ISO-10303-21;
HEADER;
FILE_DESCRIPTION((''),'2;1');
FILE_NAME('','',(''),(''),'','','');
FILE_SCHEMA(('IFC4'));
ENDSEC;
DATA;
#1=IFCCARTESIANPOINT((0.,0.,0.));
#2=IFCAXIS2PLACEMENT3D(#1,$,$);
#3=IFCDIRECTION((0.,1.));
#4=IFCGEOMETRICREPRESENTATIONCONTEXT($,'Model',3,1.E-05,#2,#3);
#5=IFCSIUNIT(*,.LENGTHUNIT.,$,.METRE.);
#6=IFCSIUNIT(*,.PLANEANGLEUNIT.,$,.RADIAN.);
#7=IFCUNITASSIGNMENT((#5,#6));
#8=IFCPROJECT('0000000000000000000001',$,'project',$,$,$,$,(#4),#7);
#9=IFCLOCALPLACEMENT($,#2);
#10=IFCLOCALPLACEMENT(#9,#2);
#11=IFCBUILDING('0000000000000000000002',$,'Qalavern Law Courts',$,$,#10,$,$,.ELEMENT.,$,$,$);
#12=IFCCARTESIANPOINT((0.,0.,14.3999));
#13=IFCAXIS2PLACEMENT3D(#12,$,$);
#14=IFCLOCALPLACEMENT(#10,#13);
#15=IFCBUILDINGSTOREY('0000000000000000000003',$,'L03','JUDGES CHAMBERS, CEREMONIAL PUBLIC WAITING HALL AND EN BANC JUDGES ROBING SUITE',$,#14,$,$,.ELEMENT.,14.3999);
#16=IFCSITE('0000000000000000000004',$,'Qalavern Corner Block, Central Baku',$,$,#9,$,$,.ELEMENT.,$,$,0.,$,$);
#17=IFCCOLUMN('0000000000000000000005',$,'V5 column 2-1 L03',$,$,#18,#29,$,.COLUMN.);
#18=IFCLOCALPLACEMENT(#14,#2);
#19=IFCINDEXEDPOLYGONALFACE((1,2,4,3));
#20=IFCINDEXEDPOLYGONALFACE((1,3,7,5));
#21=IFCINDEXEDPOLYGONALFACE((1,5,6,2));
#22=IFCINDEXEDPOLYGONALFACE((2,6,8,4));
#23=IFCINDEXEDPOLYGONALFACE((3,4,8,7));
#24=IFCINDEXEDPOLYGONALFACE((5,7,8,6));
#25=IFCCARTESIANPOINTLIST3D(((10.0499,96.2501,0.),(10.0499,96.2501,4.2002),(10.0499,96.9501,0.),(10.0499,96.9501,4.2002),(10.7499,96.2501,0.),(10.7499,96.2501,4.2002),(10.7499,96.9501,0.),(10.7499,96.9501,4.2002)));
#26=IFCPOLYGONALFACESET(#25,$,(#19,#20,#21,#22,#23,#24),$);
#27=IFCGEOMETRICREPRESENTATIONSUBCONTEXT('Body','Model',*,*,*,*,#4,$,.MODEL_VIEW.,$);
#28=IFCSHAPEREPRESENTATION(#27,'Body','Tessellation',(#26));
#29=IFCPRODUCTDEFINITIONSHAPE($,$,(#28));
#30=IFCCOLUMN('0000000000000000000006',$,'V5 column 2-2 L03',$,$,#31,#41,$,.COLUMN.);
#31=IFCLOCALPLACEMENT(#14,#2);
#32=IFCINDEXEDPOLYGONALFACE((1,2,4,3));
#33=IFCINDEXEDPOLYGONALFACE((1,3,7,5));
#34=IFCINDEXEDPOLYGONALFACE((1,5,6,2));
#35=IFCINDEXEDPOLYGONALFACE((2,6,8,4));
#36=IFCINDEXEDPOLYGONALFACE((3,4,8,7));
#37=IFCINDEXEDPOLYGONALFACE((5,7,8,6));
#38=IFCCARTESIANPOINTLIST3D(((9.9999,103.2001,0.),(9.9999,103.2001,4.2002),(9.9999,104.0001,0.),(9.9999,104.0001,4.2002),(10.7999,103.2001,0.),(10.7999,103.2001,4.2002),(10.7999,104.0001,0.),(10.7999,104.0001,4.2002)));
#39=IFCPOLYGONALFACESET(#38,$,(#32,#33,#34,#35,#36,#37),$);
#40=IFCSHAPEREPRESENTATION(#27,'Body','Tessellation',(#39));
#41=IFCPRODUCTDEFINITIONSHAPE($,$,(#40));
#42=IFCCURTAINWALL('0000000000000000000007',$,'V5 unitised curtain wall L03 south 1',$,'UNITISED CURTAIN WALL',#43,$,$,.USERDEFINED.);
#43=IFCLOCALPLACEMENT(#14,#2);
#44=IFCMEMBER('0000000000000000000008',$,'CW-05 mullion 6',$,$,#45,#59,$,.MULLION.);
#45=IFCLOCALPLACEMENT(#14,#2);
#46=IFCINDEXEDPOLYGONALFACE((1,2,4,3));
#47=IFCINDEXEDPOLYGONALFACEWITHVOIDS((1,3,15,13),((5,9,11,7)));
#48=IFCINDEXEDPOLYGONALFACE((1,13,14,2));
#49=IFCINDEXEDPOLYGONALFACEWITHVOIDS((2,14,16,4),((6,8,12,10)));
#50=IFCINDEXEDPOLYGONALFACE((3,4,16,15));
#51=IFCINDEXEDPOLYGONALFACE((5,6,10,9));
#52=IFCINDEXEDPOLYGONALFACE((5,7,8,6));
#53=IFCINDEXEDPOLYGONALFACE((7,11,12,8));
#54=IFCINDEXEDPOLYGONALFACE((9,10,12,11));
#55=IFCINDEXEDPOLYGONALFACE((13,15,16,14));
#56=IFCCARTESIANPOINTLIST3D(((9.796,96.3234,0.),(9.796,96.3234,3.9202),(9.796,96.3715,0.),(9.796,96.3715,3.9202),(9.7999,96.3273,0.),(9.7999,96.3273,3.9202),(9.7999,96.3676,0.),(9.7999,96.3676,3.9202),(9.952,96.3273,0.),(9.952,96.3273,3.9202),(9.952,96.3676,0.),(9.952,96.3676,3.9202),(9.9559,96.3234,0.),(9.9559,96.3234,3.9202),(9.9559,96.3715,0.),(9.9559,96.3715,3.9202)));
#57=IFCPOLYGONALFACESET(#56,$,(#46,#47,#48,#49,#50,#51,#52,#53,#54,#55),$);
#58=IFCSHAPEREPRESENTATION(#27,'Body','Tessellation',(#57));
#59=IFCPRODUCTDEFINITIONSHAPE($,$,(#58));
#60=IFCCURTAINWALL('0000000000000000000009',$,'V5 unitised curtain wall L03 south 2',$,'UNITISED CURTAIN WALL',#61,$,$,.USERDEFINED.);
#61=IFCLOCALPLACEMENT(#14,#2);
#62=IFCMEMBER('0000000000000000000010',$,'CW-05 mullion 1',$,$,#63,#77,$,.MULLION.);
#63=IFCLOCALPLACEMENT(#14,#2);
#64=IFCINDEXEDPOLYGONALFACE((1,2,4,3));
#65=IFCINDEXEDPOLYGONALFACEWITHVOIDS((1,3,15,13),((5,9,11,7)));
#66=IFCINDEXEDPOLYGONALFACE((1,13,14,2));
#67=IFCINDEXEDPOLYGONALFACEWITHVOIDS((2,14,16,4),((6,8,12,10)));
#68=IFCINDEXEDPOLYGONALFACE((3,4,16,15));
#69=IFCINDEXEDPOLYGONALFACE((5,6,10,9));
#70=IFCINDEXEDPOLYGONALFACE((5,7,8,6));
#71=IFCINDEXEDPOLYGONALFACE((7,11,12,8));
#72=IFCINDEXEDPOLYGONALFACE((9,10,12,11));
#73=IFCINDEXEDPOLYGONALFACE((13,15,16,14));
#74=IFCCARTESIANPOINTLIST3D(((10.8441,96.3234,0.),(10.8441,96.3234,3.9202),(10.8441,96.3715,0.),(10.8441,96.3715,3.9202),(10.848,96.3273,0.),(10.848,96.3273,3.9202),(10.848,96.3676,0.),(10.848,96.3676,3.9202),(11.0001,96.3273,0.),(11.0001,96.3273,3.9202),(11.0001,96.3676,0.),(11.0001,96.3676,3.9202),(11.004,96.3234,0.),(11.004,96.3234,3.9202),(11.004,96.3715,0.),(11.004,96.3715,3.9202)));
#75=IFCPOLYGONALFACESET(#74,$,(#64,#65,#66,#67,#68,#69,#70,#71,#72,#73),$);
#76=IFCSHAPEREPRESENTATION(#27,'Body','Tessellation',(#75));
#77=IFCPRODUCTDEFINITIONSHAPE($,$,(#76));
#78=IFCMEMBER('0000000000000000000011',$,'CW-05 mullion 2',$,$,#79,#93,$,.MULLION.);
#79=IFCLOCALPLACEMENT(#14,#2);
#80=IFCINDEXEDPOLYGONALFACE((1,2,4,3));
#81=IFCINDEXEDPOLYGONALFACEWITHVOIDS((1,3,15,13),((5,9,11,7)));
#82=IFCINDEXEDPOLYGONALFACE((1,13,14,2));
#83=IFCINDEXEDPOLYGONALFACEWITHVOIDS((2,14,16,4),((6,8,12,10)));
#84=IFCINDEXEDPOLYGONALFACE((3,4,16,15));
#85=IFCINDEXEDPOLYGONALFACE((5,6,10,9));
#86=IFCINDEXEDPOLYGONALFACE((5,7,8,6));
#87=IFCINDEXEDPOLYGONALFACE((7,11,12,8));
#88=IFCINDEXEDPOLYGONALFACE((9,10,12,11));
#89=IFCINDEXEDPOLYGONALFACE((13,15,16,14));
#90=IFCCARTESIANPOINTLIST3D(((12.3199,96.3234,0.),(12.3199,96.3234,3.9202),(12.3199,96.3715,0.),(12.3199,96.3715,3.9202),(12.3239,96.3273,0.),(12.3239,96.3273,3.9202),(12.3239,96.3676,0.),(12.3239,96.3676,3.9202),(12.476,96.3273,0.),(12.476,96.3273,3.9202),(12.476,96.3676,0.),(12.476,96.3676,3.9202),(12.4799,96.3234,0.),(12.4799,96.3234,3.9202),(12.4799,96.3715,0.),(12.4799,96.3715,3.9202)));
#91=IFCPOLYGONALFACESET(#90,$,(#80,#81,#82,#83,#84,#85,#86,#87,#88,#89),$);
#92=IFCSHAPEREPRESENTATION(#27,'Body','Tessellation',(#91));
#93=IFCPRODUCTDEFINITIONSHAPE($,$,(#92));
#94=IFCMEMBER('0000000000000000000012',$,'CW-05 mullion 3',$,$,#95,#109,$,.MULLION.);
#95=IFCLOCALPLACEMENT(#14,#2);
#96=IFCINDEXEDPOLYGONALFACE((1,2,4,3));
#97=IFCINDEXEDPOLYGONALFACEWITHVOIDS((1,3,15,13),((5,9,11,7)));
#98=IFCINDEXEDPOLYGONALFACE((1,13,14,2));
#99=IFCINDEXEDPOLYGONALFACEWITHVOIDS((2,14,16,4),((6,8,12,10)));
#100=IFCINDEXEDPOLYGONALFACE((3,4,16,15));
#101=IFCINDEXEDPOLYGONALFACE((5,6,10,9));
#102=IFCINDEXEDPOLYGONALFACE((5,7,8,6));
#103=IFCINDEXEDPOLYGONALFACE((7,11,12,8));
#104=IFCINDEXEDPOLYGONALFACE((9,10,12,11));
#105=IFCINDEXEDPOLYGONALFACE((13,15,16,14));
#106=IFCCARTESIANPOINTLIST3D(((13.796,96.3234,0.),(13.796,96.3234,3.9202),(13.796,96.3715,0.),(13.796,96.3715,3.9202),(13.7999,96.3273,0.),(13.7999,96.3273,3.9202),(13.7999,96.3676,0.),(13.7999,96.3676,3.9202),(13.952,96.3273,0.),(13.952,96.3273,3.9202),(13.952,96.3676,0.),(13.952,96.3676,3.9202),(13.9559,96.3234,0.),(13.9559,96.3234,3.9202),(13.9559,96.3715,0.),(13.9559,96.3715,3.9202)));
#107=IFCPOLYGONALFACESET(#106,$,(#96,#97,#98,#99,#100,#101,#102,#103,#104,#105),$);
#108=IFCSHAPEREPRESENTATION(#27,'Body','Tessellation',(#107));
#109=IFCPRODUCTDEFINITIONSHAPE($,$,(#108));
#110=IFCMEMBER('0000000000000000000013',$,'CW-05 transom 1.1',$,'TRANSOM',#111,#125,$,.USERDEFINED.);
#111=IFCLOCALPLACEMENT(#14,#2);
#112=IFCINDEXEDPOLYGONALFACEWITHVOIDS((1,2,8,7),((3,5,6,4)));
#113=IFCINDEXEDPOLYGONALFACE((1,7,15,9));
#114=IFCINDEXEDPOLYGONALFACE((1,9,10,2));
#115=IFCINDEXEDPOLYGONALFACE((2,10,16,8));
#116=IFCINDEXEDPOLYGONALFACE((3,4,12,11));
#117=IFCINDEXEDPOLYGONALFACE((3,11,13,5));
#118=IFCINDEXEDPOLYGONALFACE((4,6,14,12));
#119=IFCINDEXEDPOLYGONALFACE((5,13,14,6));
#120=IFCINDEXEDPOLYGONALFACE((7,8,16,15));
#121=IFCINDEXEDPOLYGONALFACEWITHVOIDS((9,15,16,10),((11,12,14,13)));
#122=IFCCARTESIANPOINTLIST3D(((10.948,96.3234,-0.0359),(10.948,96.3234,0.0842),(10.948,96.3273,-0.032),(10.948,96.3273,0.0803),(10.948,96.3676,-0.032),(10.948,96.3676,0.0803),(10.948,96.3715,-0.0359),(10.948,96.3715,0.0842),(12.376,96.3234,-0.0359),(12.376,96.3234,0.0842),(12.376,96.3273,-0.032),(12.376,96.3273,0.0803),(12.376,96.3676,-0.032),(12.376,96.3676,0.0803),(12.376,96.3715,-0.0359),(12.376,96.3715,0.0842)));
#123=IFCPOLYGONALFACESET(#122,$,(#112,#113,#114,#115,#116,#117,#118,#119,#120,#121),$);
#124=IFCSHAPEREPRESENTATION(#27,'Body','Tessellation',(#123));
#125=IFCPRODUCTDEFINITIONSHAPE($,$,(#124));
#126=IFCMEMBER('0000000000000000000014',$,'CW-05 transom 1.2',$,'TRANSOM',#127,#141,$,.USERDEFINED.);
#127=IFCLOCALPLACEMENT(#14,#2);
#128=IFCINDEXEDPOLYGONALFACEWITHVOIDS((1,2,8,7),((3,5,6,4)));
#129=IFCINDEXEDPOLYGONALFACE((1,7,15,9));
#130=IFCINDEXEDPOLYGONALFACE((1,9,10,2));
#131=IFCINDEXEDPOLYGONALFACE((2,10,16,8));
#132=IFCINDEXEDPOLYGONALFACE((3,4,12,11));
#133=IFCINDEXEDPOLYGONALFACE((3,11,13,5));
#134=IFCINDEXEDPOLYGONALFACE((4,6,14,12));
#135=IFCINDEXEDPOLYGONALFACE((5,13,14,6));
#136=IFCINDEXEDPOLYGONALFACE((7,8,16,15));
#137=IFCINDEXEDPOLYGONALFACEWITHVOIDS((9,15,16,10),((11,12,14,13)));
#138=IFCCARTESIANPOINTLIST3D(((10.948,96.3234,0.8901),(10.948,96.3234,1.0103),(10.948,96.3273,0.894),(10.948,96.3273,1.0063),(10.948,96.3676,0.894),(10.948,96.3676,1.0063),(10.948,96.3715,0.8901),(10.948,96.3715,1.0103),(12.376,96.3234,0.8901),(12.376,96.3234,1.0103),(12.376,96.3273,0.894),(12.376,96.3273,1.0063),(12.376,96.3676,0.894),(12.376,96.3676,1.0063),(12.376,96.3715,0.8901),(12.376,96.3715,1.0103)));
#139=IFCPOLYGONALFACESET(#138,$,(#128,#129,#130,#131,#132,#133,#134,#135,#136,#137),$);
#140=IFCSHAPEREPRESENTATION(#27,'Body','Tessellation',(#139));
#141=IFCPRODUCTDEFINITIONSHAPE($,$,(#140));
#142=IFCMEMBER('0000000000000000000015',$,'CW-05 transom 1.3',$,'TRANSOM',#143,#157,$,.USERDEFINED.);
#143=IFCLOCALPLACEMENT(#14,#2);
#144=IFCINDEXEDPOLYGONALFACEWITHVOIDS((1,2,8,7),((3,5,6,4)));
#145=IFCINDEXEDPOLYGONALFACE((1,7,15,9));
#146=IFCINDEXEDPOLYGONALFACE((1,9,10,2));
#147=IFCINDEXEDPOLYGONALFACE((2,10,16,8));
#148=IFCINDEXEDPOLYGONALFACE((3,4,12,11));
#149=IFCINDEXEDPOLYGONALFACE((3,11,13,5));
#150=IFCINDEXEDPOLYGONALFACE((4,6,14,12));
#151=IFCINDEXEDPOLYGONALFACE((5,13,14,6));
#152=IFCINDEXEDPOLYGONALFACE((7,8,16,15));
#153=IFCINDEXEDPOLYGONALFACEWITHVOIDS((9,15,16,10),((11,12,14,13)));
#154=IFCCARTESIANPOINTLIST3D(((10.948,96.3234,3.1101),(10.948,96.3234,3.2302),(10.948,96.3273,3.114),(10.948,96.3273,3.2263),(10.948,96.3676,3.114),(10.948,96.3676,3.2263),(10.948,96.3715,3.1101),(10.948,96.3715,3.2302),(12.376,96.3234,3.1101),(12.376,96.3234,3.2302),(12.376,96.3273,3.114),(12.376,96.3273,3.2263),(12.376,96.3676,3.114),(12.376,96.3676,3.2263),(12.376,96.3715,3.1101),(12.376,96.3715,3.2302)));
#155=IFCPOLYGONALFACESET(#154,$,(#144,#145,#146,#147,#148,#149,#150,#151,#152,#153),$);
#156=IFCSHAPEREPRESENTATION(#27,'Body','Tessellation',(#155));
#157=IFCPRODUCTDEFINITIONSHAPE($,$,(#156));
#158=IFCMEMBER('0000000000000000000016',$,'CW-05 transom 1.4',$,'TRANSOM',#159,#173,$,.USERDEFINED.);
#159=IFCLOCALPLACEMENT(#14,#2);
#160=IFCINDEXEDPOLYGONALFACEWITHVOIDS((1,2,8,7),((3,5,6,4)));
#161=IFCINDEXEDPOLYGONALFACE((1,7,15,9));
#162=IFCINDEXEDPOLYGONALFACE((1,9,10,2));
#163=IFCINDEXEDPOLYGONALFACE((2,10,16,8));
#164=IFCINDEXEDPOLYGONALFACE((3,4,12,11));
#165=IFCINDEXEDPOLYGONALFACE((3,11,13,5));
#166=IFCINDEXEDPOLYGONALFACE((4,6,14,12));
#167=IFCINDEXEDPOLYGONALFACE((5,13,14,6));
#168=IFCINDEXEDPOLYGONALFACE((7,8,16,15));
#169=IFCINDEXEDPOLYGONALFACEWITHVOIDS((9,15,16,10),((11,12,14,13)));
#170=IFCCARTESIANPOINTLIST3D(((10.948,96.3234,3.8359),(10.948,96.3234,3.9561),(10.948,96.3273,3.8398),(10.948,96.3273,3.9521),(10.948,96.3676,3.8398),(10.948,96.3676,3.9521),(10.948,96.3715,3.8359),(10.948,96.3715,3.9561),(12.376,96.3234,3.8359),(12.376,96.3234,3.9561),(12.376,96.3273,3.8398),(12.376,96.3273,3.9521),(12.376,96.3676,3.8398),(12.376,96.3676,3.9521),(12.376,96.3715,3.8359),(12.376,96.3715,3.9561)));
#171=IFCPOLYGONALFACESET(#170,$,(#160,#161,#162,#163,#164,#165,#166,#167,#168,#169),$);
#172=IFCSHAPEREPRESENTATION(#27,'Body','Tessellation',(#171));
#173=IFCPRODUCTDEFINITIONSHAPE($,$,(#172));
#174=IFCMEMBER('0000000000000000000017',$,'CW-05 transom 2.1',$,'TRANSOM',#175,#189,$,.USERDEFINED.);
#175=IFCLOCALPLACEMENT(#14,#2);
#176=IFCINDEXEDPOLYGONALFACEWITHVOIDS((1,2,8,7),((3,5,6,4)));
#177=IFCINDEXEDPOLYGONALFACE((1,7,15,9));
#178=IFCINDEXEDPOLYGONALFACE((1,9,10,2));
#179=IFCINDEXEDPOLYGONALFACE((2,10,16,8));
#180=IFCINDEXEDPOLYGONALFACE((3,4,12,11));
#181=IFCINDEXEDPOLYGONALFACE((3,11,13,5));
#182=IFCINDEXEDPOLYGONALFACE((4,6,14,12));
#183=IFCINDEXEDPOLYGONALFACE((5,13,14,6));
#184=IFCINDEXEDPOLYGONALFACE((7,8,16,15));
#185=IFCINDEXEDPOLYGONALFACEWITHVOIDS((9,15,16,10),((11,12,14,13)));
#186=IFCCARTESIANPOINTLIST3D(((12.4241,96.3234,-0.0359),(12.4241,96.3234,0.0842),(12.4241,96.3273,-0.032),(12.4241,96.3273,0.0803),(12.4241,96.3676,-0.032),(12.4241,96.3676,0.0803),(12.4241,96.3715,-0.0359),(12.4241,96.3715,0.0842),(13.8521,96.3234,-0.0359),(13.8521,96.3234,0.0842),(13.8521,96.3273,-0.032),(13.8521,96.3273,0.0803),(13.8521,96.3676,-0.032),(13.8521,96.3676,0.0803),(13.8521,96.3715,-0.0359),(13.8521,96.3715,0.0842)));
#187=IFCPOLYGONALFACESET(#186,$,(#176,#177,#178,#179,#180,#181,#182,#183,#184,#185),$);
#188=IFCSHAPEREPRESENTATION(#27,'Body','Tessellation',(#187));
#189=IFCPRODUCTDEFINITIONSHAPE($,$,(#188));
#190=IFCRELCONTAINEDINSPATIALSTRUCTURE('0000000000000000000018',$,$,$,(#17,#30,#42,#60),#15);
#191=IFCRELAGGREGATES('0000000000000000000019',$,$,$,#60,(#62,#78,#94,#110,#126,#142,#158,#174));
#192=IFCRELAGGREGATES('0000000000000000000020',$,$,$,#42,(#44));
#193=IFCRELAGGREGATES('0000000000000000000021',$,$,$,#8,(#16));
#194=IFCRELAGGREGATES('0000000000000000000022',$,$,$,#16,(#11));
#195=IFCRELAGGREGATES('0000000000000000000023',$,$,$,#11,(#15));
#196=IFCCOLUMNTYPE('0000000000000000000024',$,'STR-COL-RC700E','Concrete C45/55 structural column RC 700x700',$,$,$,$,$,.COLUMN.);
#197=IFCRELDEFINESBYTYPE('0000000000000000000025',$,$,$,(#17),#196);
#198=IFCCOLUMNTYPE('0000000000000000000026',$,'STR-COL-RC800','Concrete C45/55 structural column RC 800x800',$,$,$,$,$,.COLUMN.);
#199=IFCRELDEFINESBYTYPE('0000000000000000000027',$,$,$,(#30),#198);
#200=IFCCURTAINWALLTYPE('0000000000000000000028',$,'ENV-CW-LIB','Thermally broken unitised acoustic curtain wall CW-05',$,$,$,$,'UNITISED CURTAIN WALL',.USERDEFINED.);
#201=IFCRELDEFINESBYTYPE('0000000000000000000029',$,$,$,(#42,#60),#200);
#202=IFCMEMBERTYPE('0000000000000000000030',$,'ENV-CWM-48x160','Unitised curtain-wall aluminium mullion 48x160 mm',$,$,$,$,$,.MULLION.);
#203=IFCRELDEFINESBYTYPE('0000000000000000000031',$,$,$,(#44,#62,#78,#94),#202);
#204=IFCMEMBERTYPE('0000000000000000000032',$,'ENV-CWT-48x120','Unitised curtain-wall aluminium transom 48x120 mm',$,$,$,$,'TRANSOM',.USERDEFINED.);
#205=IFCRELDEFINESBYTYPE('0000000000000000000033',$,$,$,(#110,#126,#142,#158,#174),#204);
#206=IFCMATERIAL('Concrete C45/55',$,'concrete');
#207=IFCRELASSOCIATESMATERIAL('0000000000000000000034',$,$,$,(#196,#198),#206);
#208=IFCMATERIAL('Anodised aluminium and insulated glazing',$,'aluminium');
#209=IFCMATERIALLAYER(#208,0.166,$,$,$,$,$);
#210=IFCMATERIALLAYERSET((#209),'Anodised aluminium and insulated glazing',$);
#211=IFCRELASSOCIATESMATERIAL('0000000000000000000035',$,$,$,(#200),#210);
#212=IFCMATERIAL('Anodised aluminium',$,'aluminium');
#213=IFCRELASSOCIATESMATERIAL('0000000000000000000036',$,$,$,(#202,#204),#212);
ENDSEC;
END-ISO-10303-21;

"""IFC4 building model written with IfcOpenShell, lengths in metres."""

from ifc_helpers import new_model, si_unit, direction, frame, origin, origin_2d, place, context, subcontext, project, spatial, rectangle, hollow_rectangle, extrude, material, layer, layer_set, material_profile, profile_set, type_object, element, aggregate, save


model = new_model("IFC4")

# Units and contexts
model_context = context("Model", 3, precision=1e-05, world=origin(), true_north=direction((0.0, 1.0)))
body_context = subcontext(model_context, "Body", "Model", "MODEL_VIEW")
ifc_project = project(units=[si_unit("LENGTHUNIT", "METRE"), si_unit("PLANEANGLEUNIT", "RADIAN")], contexts=[model_context])

# Site, building, storey
site_placement = place(None, origin())
site = spatial("IfcSite", under=ifc_project, at=site_placement, Name="Qalavern Corner Block, Central Baku", CompositionType="ELEMENT", RefElevation=0.0)
building_placement = place(site_placement, origin())
building = spatial("IfcBuilding", under=site, at=building_placement, Name="Qalavern Law Courts", CompositionType="ELEMENT")
storey_placement = place(building_placement, frame((0.0, 0.0, 14.3999)))
storey = spatial("IfcBuildingStorey", under=building, at=storey_placement, Name="L03", Description="JUDGES CHAMBERS, CEREMONIAL PUBLIC WAITING HALL AND EN BANC JUDGES ROBING SUITE", CompositionType="ELEMENT", Elevation=14.3999)

# Columns
ifc_material_1 = material(Name="Concrete C45/55", Category="concrete")
ifc_material_profile_1 = material_profile(ifc_material_1, rectangle(XDim=0.7, YDim=0.7, at=origin_2d()), Name="RC 700x700")
ifc_profile_set_1 = profile_set([ifc_material_profile_1], Name="Concrete C45/55")
column_type_1 = type_object("IfcColumnType", Name="STR-COL-RC700E", Description="Concrete C45/55 structural column RC 700x700", PredefinedType="COLUMN", material=ifc_profile_set_1)
column_1_placement = place(storey_placement, frame((10.3999, 96.6001, 0.0), z_axis=(0.0, 0.0, 1.0), x_axis=(1.0, 0.0, 0.0)))
element("IfcColumn", 1, at=column_1_placement, inside=storey, type_object=column_type_1, Name="V5 column 2-1 L03", PredefinedType="COLUMN", context=body_context, shape_type="SweptSolid", body=[
    extrude(rectangle(XDim=0.7, YDim=0.7, at=origin_2d()), origin(), (0.0, 0.0, 1.0), 4.2002),
])
ifc_material_profile_2 = material_profile(ifc_material_1, rectangle(XDim=0.8, YDim=0.8, at=origin_2d()), Name="RC 800x800")
ifc_profile_set_2 = profile_set([ifc_material_profile_2], Name="Concrete C45/55")
column_type_2 = type_object("IfcColumnType", Name="STR-COL-RC800", Description="Concrete C45/55 structural column RC 800x800", PredefinedType="COLUMN", material=ifc_profile_set_2)
column_2_placement = place(storey_placement, frame((10.3999, 103.6001, 0.0), z_axis=(0.0, 0.0, 1.0), x_axis=(1.0, 0.0, 0.0)))
element("IfcColumn", 2, at=column_2_placement, inside=storey, type_object=column_type_2, Name="V5 column 2-2 L03", PredefinedType="COLUMN", context=body_context, shape_type="SweptSolid", body=[
    extrude(rectangle(XDim=0.8, YDim=0.8, at=origin_2d()), origin(), (0.0, 0.0, 1.0), 4.2002),
])

# Curtain wall, member
ifc_material_2 = material(Name="Anodised aluminium and insulated glazing", Category="aluminium")
ifc_layer_1 = layer(ifc_material_2, 0.166)
ifc_layer_set_1 = layer_set([ifc_layer_1], Name="Anodised aluminium and insulated glazing")
curtain_wall_type = type_object("IfcCurtainWallType", Name="ENV-CW-LIB", Description="Thermally broken unitised acoustic curtain wall CW-05", ElementType="UNITISED CURTAIN WALL", PredefinedType="USERDEFINED", material=ifc_layer_set_1)
curtain_wall_1_placement = place(storey_placement, origin())
curtain_wall_1 = element("IfcCurtainWall", 3, at=curtain_wall_1_placement, inside=storey, type_object=curtain_wall_type, Name="V5 unitised curtain wall L03 south 1", ObjectType="UNITISED CURTAIN WALL", PredefinedType="USERDEFINED")
ifc_material_3 = material(Name="Anodised aluminium", Category="aluminium")
ifc_material_profile_3 = material_profile(ifc_material_3, hollow_rectangle(XDim=0.0481, YDim=0.1599, WallThickness=0.0039, at=origin_2d()), Name="ALU MULLION 48x160")
ifc_profile_set_3 = profile_set([ifc_material_profile_3], Name="Anodised aluminium")
member_type_1 = type_object("IfcMemberType", Name="ENV-CWM-48x160", Description="Unitised curtain-wall aluminium mullion 48x160 mm", PredefinedType="MULLION", material=ifc_profile_set_3)
member_1_placement = place(storey_placement, frame((9.876, 96.3474, 0.0), z_axis=(0.0, 0.0, 1.0), x_axis=(0.0, 1.0, 0.0)))
member_1 = element("IfcMember", 4, at=member_1_placement, type_object=member_type_1, Name="CW-05 mullion 6", PredefinedType="MULLION", context=body_context, shape_type="SweptSolid", body=[
    extrude(hollow_rectangle(XDim=0.0481, YDim=0.1599, WallThickness=0.0039, at=origin_2d()), origin(), (0.0, 0.0, 1.0), 3.9202),
])

# Curtain wall, members
curtain_wall_2_placement = place(storey_placement, origin())
curtain_wall_2 = element("IfcCurtainWall", 5, at=curtain_wall_2_placement, inside=storey, type_object=curtain_wall_type, Name="V5 unitised curtain wall L03 south 2", ObjectType="UNITISED CURTAIN WALL", PredefinedType="USERDEFINED")
member_2_placement = place(storey_placement, frame((10.9241, 96.3474, 0.0), z_axis=(0.0, 0.0, 1.0), x_axis=(0.0, 1.0, 0.0)))
member_2 = element("IfcMember", 6, at=member_2_placement, type_object=member_type_1, Name="CW-05 mullion 1", PredefinedType="MULLION", context=body_context, shape_type="SweptSolid", body=[
    extrude(hollow_rectangle(XDim=0.0481, YDim=0.1599, WallThickness=0.0039, at=origin_2d()), origin(), (0.0, 0.0, 1.0), 3.9202),
])
member_3_placement = place(storey_placement, frame((12.3999, 96.3474, 0.0), z_axis=(0.0, 0.0, 1.0), x_axis=(0.0, 1.0, 0.0)))
member_3 = element("IfcMember", 7, at=member_3_placement, type_object=member_type_1, Name="CW-05 mullion 2", PredefinedType="MULLION", context=body_context, shape_type="SweptSolid", body=[
    extrude(hollow_rectangle(XDim=0.0481, YDim=0.1599, WallThickness=0.0039, at=origin_2d()), origin(), (0.0, 0.0, 1.0), 3.9202),
])
member_4_placement = place(storey_placement, frame((13.876, 96.3474, 0.0), z_axis=(0.0, 0.0, 1.0), x_axis=(0.0, 1.0, 0.0)))
member_4 = element("IfcMember", 8, at=member_4_placement, type_object=member_type_1, Name="CW-05 mullion 3", PredefinedType="MULLION", context=body_context, shape_type="SweptSolid", body=[
    extrude(hollow_rectangle(XDim=0.0481, YDim=0.1599, WallThickness=0.0039, at=origin_2d()), origin(), (0.0, 0.0, 1.0), 3.9202),
])
ifc_material_profile_4 = material_profile(ifc_material_3, hollow_rectangle(XDim=0.0481, YDim=0.1201, WallThickness=0.0039, at=origin_2d()), Name="ALU TRANSOM 48x120")
ifc_profile_set_4 = profile_set([ifc_material_profile_4], Name="Anodised aluminium")
member_type_2 = type_object("IfcMemberType", Name="ENV-CWT-48x120", Description="Unitised curtain-wall aluminium transom 48x120 mm", ElementType="TRANSOM", PredefinedType="USERDEFINED", material=ifc_profile_set_4)
member_5_placement = place(storey_placement, frame((10.948, 96.3474, 0.0242), z_axis=(1.0, 0.0, 0.0), x_axis=(0.0, 1.0, 0.0)))
member_5 = element("IfcMember", 9, at=member_5_placement, type_object=member_type_2, Name="CW-05 transom 1.1", ObjectType="TRANSOM", PredefinedType="USERDEFINED", context=body_context, shape_type="SweptSolid", body=[
    extrude(hollow_rectangle(XDim=0.0481, YDim=0.1201, WallThickness=0.0039, at=origin_2d()), origin(), (0.0, 0.0, 1.0), 1.428),
])
member_6_placement = place(storey_placement, frame((10.948, 96.3474, 0.9502), z_axis=(1.0, 0.0, 0.0), x_axis=(0.0, 1.0, 0.0)))
member_6 = element("IfcMember", 10, at=member_6_placement, type_object=member_type_2, Name="CW-05 transom 1.2", ObjectType="TRANSOM", PredefinedType="USERDEFINED", context=body_context, shape_type="SweptSolid", body=[
    extrude(hollow_rectangle(XDim=0.0481, YDim=0.1201, WallThickness=0.0039, at=origin_2d()), origin(), (0.0, 0.0, 1.0), 1.428),
])
member_7_placement = place(storey_placement, frame((10.948, 96.3474, 3.1702), z_axis=(1.0, 0.0, 0.0), x_axis=(0.0, 1.0, 0.0)))
member_7 = element("IfcMember", 11, at=member_7_placement, type_object=member_type_2, Name="CW-05 transom 1.3", ObjectType="TRANSOM", PredefinedType="USERDEFINED", context=body_context, shape_type="SweptSolid", body=[
    extrude(hollow_rectangle(XDim=0.0481, YDim=0.1201, WallThickness=0.0039, at=origin_2d()), origin(), (0.0, 0.0, 1.0), 1.428),
])
member_8_placement = place(storey_placement, frame((10.948, 96.3474, 3.896), z_axis=(1.0, 0.0, 0.0), x_axis=(0.0, 1.0, 0.0)))
member_8 = element("IfcMember", 12, at=member_8_placement, type_object=member_type_2, Name="CW-05 transom 1.4", ObjectType="TRANSOM", PredefinedType="USERDEFINED", context=body_context, shape_type="SweptSolid", body=[
    extrude(hollow_rectangle(XDim=0.0481, YDim=0.1201, WallThickness=0.0039, at=origin_2d()), origin(), (0.0, 0.0, 1.0), 1.428),
])
member_9_placement = place(storey_placement, frame((12.4241, 96.3474, 0.0242), z_axis=(1.0, 0.0, 0.0), x_axis=(0.0, 1.0, 0.0)))
member_9 = element("IfcMember", 13, at=member_9_placement, type_object=member_type_2, Name="CW-05 transom 2.1", ObjectType="TRANSOM", PredefinedType="USERDEFINED", context=body_context, shape_type="SweptSolid", body=[
    extrude(hollow_rectangle(XDim=0.0481, YDim=0.1201, WallThickness=0.0039, at=origin_2d()), origin(), (0.0, 0.0, 1.0), 1.428),
])

aggregate(curtain_wall_2, [member_2, member_3, member_4, member_5, member_6, member_7, member_8, member_9])
aggregate(curtain_wall_1, [member_1])

save(model, "model.ifc")
